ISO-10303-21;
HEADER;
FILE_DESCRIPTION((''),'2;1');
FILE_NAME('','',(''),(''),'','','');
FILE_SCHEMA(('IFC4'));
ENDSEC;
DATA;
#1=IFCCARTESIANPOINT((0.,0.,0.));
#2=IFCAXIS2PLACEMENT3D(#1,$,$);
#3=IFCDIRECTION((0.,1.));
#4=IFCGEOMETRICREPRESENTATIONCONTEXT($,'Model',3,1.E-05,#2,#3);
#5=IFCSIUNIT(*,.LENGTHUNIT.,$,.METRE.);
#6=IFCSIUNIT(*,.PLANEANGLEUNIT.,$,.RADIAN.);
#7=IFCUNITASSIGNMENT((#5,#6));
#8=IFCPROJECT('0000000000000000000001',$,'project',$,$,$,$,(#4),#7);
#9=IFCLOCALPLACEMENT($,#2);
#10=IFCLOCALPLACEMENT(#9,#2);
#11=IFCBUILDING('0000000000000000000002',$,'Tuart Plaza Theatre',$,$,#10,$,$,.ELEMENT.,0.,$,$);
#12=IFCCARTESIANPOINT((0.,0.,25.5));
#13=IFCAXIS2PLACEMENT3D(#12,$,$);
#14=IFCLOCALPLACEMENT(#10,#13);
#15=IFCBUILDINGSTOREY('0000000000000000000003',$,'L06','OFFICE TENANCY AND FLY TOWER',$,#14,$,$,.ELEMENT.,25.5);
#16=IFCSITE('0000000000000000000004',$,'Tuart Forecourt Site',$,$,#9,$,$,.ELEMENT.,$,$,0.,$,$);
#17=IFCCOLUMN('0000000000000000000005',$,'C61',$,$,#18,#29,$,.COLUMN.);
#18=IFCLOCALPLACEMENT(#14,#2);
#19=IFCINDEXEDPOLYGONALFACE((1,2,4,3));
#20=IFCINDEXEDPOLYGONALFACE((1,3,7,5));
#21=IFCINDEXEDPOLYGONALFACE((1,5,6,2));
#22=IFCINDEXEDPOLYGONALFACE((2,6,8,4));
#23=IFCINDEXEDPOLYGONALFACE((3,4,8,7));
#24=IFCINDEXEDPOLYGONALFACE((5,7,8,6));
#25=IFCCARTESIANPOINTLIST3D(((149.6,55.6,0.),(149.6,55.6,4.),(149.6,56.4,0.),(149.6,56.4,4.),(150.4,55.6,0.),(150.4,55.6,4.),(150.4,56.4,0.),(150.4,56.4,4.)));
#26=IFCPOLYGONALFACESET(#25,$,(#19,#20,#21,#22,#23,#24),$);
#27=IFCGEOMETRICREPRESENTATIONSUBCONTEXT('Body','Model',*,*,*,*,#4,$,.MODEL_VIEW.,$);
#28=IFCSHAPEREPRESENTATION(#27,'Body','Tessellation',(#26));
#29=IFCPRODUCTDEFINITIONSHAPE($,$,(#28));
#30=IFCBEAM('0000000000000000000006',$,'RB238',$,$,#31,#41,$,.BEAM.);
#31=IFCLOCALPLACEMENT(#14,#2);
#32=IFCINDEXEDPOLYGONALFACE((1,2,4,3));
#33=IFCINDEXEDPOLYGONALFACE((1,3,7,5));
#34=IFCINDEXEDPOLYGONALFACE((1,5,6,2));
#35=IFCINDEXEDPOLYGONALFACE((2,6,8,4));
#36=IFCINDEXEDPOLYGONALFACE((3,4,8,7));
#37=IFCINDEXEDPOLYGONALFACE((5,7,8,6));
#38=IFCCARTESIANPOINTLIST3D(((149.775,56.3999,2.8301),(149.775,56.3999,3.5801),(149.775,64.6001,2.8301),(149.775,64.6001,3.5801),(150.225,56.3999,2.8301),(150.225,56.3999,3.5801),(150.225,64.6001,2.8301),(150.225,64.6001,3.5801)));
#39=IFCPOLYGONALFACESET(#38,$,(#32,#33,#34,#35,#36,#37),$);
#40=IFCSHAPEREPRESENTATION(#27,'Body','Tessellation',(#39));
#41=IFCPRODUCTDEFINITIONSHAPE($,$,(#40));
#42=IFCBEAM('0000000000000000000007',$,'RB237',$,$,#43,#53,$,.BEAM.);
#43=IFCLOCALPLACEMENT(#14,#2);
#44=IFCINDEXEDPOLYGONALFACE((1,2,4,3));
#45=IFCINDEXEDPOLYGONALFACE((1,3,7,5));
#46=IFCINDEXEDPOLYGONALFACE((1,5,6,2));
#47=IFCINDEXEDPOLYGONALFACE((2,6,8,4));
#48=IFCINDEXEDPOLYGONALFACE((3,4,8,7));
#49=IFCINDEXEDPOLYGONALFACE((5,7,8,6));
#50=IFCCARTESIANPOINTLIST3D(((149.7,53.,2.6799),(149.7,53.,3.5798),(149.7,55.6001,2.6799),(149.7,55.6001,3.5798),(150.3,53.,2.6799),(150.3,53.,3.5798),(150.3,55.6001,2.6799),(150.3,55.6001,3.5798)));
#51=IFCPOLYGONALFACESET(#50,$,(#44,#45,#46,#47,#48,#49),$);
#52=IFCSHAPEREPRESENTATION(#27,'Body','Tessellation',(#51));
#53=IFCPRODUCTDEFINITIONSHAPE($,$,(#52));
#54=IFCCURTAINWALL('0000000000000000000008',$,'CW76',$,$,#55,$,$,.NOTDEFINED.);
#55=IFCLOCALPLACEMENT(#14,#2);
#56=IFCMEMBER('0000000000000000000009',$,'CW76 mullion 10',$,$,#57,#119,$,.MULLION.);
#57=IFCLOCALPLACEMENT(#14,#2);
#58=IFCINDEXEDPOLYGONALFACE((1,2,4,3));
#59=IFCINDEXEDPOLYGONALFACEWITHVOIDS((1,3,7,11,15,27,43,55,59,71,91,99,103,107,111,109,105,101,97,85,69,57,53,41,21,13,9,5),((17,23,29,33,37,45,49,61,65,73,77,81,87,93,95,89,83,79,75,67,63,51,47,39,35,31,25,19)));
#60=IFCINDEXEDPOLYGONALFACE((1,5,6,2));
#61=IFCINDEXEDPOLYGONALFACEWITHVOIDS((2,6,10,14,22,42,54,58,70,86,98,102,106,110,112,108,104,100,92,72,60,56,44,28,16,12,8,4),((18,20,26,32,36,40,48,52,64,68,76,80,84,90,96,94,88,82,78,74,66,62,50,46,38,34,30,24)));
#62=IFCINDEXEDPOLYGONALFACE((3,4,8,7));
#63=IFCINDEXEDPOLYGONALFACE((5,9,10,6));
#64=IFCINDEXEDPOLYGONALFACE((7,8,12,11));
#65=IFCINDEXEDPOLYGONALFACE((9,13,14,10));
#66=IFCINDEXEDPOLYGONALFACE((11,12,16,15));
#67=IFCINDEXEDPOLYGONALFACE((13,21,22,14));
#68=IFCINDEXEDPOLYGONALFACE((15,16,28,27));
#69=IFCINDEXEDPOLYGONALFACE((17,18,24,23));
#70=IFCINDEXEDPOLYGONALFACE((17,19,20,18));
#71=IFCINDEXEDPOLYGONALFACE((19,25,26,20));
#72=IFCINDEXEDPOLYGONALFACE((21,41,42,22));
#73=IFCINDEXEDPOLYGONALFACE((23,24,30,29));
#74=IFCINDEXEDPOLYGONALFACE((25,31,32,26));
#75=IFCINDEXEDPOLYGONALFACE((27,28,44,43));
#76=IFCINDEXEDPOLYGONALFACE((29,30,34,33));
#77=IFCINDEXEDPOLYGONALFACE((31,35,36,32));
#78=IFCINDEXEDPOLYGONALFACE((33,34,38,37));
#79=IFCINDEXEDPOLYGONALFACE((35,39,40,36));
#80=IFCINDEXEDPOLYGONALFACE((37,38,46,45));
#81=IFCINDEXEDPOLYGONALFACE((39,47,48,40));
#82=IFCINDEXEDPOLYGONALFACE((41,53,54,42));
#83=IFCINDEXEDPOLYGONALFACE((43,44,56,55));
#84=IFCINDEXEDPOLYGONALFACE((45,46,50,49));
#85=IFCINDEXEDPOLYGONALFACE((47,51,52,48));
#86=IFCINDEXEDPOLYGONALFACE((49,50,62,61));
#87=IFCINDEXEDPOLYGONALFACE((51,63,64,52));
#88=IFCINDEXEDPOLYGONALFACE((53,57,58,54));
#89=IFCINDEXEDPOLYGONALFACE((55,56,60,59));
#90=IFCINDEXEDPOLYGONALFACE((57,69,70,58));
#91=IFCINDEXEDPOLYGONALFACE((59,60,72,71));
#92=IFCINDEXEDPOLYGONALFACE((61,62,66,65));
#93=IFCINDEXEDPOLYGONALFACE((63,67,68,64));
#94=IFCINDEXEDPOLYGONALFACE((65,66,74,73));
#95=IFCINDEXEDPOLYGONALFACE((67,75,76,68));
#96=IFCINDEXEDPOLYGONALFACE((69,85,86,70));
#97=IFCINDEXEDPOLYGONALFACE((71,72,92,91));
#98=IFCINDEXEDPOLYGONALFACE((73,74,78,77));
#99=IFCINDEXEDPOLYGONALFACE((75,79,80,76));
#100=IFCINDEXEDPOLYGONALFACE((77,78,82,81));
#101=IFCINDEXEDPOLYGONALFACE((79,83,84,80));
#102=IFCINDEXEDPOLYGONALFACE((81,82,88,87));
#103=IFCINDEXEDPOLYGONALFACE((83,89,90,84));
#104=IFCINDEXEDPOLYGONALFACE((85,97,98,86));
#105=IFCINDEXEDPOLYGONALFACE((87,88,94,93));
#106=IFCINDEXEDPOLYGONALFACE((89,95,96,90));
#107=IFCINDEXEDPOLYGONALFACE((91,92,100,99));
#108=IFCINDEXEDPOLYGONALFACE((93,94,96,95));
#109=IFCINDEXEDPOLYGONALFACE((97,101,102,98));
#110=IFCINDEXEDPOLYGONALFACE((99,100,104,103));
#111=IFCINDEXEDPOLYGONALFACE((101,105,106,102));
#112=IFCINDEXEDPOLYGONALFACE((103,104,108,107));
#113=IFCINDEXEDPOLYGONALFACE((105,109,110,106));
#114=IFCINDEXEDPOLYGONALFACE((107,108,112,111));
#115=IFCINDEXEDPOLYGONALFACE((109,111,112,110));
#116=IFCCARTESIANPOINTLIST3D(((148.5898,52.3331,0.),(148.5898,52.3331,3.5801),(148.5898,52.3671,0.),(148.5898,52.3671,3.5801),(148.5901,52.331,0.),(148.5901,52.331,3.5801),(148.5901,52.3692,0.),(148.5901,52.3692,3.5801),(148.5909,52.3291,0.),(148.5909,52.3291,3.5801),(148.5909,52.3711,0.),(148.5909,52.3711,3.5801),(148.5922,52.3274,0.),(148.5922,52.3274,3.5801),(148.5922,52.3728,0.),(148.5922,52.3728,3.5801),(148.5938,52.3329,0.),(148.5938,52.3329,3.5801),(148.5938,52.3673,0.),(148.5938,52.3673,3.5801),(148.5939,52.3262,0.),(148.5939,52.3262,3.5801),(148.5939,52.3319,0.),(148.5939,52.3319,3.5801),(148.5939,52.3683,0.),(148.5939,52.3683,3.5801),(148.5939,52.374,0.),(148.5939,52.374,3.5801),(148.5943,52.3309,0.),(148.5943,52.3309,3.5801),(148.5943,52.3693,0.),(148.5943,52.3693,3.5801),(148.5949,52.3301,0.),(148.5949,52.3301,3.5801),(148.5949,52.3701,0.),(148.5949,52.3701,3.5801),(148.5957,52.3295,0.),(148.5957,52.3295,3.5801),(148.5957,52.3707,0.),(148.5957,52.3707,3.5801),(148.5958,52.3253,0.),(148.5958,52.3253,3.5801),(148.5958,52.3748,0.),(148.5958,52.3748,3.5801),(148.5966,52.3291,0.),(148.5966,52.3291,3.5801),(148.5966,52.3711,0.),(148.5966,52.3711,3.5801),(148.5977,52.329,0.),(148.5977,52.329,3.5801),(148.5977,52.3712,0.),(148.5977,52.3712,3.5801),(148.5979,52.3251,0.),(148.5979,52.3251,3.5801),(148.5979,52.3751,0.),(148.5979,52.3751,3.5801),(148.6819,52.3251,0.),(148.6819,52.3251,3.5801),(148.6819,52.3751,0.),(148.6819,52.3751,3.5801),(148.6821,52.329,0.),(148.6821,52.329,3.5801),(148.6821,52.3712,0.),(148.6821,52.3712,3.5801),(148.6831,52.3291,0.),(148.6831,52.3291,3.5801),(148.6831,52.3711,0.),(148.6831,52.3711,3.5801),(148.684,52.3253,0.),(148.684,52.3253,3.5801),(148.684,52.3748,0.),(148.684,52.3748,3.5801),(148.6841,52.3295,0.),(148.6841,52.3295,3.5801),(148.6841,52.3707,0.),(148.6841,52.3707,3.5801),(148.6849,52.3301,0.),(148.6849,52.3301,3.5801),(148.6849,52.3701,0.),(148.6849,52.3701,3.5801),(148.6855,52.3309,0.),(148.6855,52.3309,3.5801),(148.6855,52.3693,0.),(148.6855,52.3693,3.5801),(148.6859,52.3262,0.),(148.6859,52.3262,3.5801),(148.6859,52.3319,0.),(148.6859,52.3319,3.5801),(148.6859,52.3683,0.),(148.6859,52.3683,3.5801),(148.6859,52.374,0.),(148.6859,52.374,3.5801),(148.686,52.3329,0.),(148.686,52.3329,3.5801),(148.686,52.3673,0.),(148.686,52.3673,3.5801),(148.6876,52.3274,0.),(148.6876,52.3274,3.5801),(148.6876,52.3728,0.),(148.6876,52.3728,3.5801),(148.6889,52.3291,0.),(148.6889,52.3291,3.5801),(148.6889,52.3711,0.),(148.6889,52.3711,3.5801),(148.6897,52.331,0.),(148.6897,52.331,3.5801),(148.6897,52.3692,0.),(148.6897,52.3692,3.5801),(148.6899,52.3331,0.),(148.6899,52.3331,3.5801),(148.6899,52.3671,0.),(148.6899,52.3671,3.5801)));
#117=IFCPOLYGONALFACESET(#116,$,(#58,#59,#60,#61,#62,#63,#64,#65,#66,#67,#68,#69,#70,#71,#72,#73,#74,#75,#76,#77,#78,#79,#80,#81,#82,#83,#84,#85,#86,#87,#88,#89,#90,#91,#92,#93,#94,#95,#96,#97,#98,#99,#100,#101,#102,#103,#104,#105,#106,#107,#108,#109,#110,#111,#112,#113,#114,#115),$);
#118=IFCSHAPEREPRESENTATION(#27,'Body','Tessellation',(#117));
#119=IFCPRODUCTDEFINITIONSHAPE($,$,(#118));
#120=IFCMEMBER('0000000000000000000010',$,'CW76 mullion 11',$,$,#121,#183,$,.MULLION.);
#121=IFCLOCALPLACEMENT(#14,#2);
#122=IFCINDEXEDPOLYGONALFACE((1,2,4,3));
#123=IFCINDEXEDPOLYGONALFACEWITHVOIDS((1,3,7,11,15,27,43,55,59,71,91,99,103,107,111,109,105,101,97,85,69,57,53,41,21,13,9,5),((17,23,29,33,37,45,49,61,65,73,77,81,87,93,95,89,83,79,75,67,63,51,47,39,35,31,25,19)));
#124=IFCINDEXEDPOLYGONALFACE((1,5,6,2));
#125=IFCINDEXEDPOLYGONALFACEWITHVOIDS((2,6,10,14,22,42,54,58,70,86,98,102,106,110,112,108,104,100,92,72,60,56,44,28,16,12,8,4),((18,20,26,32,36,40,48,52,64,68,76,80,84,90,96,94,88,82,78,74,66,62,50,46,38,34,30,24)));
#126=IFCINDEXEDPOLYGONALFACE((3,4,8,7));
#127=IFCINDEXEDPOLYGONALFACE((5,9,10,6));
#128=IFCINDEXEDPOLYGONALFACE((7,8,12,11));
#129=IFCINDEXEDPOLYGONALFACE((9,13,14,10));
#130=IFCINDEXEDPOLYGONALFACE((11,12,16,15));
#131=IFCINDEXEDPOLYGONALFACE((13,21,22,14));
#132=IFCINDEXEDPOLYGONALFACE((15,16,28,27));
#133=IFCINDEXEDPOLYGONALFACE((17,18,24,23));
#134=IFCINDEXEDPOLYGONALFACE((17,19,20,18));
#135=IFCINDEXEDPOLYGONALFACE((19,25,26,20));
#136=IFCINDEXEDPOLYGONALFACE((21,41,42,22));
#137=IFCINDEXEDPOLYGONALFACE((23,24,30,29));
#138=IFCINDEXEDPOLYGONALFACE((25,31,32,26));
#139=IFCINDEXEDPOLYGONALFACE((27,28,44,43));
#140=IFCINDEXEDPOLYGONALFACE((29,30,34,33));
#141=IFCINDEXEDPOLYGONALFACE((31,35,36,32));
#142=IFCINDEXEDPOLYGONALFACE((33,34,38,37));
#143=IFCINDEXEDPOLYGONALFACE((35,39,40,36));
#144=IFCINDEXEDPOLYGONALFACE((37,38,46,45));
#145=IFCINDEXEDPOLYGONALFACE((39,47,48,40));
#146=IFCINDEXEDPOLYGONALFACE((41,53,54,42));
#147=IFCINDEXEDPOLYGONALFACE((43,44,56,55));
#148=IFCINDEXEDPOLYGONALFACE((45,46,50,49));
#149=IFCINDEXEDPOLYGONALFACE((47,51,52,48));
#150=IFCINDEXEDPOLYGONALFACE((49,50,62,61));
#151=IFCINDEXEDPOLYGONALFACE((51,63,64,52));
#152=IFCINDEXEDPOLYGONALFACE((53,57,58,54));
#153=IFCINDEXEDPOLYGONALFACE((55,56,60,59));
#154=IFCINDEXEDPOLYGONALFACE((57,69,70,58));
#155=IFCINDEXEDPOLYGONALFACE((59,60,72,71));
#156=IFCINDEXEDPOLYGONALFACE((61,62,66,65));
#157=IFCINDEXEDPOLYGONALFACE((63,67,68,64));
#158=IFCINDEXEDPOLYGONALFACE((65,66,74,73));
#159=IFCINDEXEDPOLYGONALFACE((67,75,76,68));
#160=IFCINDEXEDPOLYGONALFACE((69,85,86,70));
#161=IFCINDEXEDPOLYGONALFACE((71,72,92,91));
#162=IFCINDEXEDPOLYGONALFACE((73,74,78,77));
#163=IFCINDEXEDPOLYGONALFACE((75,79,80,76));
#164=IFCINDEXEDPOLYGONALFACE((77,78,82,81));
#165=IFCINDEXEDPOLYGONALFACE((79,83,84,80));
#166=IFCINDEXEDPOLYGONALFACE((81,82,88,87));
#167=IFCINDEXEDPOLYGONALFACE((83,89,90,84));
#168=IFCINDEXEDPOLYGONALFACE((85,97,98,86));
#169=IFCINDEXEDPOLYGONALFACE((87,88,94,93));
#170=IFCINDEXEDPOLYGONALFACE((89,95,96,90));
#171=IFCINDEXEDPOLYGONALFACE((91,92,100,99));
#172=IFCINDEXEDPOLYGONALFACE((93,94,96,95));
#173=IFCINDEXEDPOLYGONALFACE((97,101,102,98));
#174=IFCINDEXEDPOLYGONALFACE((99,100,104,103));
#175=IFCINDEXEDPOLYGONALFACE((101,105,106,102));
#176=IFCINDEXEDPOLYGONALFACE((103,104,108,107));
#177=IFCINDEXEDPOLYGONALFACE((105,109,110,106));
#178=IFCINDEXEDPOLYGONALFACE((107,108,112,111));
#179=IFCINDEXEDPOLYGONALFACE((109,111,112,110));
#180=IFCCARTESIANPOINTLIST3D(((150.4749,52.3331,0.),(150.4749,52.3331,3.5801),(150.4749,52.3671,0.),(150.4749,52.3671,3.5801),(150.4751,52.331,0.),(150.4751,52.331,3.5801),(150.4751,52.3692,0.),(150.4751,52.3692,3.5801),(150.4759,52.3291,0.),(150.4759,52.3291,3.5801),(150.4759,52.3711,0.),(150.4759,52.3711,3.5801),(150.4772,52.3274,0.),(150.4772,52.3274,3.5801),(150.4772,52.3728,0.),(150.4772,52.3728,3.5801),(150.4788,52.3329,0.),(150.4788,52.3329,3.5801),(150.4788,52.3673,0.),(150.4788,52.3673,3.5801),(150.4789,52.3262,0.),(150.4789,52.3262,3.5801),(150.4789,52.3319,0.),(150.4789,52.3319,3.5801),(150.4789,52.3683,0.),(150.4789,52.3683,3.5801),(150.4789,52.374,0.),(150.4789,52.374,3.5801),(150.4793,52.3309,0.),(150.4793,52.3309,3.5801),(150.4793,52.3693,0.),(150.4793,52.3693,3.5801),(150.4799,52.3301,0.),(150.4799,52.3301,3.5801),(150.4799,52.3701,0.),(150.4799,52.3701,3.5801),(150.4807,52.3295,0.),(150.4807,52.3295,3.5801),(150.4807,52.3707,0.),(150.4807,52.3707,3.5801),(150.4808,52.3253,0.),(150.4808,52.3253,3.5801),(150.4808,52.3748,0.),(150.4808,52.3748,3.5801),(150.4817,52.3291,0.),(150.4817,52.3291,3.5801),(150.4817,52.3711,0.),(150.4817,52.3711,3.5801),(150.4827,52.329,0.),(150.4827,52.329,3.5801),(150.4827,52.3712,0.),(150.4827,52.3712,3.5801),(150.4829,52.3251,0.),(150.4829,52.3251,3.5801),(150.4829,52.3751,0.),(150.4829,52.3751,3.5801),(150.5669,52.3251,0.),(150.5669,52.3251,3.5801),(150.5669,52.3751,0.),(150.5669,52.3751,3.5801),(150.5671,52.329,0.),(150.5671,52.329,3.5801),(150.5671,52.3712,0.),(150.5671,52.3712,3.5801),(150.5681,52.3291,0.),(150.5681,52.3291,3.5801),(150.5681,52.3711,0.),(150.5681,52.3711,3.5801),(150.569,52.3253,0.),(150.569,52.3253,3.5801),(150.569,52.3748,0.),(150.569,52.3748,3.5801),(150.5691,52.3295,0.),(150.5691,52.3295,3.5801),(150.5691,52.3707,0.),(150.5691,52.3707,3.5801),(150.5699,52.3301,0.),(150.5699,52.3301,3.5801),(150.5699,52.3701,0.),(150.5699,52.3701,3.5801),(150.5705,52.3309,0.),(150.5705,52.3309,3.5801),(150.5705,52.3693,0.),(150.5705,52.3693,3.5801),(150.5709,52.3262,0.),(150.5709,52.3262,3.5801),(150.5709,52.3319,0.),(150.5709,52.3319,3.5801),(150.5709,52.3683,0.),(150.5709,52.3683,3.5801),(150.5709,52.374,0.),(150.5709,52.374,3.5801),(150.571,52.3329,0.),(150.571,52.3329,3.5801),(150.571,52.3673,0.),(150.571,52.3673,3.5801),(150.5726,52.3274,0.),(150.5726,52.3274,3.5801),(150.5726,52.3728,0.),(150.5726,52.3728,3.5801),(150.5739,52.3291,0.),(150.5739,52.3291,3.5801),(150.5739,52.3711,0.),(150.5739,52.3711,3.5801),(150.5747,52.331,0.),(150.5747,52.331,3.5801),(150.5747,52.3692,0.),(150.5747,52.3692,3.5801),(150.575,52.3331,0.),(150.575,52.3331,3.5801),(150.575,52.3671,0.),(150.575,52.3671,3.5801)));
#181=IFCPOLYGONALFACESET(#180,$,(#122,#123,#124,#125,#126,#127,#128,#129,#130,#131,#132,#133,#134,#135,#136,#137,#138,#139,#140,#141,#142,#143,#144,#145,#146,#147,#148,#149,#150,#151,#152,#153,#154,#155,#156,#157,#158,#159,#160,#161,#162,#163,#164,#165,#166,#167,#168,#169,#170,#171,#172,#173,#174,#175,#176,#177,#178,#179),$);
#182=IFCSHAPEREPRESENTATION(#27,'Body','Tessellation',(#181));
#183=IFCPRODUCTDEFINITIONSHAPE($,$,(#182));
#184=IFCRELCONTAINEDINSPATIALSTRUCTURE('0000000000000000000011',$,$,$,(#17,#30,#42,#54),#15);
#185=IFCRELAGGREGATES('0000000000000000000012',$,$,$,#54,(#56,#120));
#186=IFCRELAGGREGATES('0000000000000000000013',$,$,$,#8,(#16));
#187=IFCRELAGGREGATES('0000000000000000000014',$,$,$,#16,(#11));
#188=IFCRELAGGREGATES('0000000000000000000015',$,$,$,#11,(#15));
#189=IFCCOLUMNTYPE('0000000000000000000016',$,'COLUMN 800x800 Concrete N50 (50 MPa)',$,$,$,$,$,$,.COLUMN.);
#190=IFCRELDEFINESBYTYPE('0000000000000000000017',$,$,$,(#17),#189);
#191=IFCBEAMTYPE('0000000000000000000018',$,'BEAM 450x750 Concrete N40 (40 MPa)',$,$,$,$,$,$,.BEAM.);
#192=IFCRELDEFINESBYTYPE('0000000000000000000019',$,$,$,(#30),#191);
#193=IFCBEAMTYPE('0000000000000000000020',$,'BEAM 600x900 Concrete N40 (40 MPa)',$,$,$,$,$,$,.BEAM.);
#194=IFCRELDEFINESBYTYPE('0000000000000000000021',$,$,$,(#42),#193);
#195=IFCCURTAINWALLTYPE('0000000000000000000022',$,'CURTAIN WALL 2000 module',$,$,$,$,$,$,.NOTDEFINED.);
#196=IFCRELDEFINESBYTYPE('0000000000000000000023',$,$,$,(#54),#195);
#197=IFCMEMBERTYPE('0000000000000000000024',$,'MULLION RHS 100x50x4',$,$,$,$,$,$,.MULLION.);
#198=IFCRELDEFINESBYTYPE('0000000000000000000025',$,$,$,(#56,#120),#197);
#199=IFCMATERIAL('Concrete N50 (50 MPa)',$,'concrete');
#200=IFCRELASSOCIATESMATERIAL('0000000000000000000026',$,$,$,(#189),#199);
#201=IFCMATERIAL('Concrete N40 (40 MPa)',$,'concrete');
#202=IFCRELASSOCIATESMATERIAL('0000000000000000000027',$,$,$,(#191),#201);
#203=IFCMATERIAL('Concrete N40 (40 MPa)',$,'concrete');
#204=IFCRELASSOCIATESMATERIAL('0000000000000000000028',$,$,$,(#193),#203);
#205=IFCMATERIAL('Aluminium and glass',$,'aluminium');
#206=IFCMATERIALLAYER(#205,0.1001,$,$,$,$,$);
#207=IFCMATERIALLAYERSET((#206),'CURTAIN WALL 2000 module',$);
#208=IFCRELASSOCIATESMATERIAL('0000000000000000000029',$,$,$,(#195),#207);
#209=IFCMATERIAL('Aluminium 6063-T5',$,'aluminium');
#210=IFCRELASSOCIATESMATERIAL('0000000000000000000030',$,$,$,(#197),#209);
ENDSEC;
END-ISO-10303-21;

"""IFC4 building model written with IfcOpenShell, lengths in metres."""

from ifc_helpers import new_model, si_unit, direction, frame, origin, origin_2d, place, context, subcontext, project, spatial, rectangle, hollow_rectangle, extrude, material, layer, layer_set, material_profile, profile_set, type_object, element, aggregate, save


model = new_model("IFC4")

# Units and contexts
model_context = context("Model", 3, precision=1e-05, world=origin(), true_north=direction((0.0, 1.0)))
body_context = subcontext(model_context, "Body", "Model", "MODEL_VIEW")
ifc_project = project(units=[si_unit("LENGTHUNIT", "METRE"), si_unit("PLANEANGLEUNIT", "RADIAN")], contexts=[model_context])

# Site, building, storey
site_placement = place(None, origin())
site = spatial("IfcSite", under=ifc_project, at=site_placement, Name="Tuart Forecourt Site", CompositionType="ELEMENT", RefElevation=0.0)
building_placement = place(site_placement, origin())
building = spatial("IfcBuilding", under=site, at=building_placement, Name="Tuart Plaza Theatre", CompositionType="ELEMENT", ElevationOfRefHeight=0.0)
storey_placement = place(building_placement, frame((0.0, 0.0, 25.5)))
storey = spatial("IfcBuildingStorey", under=building, at=storey_placement, Name="L06", Description="OFFICE TENANCY AND FLY TOWER", CompositionType="ELEMENT", Elevation=25.5)

# Column
ifc_material_1 = material(Name="Concrete N50 (50 MPa)", Category="concrete")
ifc_material_profile_1 = material_profile(ifc_material_1, rectangle(XDim=0.8, YDim=0.8, at=origin_2d()), Name="COLUMN 800x800 Concrete N50 (50 MPa)")
ifc_profile_set_1 = profile_set([ifc_material_profile_1], Name="Concrete N50 (50 MPa)")
column_type = type_object("IfcColumnType", Name="COLUMN 800x800 Concrete N50 (50 MPa)", PredefinedType="COLUMN", material=ifc_profile_set_1)
column_placement = place(storey_placement, frame((150.0, 56.0, 0.0), z_axis=(0.0, 0.0, 1.0), x_axis=(1.0, 0.0, 0.0)))
element("IfcColumn", 1, at=column_placement, inside=storey, type_object=column_type, Name="C61", PredefinedType="COLUMN", context=body_context, shape_type="SweptSolid", body=[
    extrude(rectangle(XDim=0.8, YDim=0.8, at=origin_2d()), origin(), (0.0, 0.0, 1.0), 4.0),
])

# Beams
ifc_material_2 = material(Name="Concrete N40 (40 MPa)", Category="concrete")
ifc_material_profile_2 = material_profile(ifc_material_2, rectangle(XDim=0.45, YDim=0.75, at=origin_2d()), Name="BEAM 450x750 Concrete N40 (40 MPa)")
ifc_profile_set_2 = profile_set([ifc_material_profile_2], Name="Concrete N40 (40 MPa)")
beam_type_1 = type_object("IfcBeamType", Name="BEAM 450x750 Concrete N40 (40 MPa)", PredefinedType="BEAM", material=ifc_profile_set_2)
beam_1_placement = place(storey_placement, frame((150.0, 56.3999, 3.2051), z_axis=(0.0, 1.0, 0.0), x_axis=(-1.0, 0.0, 0.0)))
element("IfcBeam", 2, at=beam_1_placement, inside=storey, type_object=beam_type_1, Name="RB238", PredefinedType="BEAM", context=body_context, shape_type="SweptSolid", body=[
    extrude(rectangle(XDim=0.45, YDim=0.75, at=origin_2d()), origin(), (0.0, 0.0, 1.0), 8.2002),
])
ifc_material_3 = material(Name="Concrete N40 (40 MPa)", Category="concrete")
ifc_material_profile_3 = material_profile(ifc_material_3, rectangle(XDim=0.6001, YDim=0.8999, at=origin_2d()), Name="BEAM 600x900 Concrete N40 (40 MPa)")
ifc_profile_set_3 = profile_set([ifc_material_profile_3], Name="Concrete N40 (40 MPa)")
beam_type_2 = type_object("IfcBeamType", Name="BEAM 600x900 Concrete N40 (40 MPa)", PredefinedType="BEAM", material=ifc_profile_set_3)
beam_2_placement = place(storey_placement, frame((150.0, 53.0, 3.1299), z_axis=(0.0, 1.0, 0.0), x_axis=(-1.0, 0.0, 0.0)))
element("IfcBeam", 3, at=beam_2_placement, inside=storey, type_object=beam_type_2, Name="RB237", PredefinedType="BEAM", context=body_context, shape_type="SweptSolid", body=[
    extrude(rectangle(XDim=0.6001, YDim=0.8999, at=origin_2d()), origin(), (0.0, 0.0, 1.0), 2.6001),
])

# Curtain wall, members
ifc_material_4 = material(Name="Aluminium and glass", Category="aluminium")
ifc_layer_1 = layer(ifc_material_4, 0.1001)
ifc_layer_set_1 = layer_set([ifc_layer_1], Name="CURTAIN WALL 2000 module")
curtain_wall_type = type_object("IfcCurtainWallType", Name="CURTAIN WALL 2000 module", PredefinedType="NOTDEFINED", material=ifc_layer_set_1)
curtain_wall_1_placement = place(storey_placement, origin())
curtain_wall_1 = element("IfcCurtainWall", 4, at=curtain_wall_1_placement, inside=storey, type_object=curtain_wall_type, Name="CW76", PredefinedType="NOTDEFINED")
ifc_material_5 = material(Name="Aluminium 6063-T5", Category="aluminium")
ifc_material_profile_4 = material_profile(ifc_material_5, hollow_rectangle(XDim=0.05, YDim=0.1001, WallThickness=0.0039, InnerFilletRadius=0.0039, OuterFilletRadius=0.0081, at=origin_2d()), Name="RHS 100x50x4")
ifc_profile_set_4 = profile_set([ifc_material_profile_4], Name="Aluminium 6063-T5")
member_type_1 = type_object("IfcMemberType", Name="MULLION RHS 100x50x4", PredefinedType="MULLION", material=ifc_profile_set_4)
member_1_placement = place(storey_placement, frame((148.6399, 52.3501, 0.0), z_axis=(0.0, 0.0, 1.0), x_axis=(0.0, 1.0, 0.0)))
member_1 = element("IfcMember", 5, at=member_1_placement, type_object=member_type_1, Name="CW76 mullion 10", PredefinedType="MULLION", context=body_context, shape_type="SweptSolid", body=[
    extrude(hollow_rectangle(XDim=0.05, YDim=0.1001, WallThickness=0.0039, InnerFilletRadius=0.0039, OuterFilletRadius=0.0081, at=origin_2d()), origin(), (0.0, 0.0, 1.0), 3.5801),
])
member_2_placement = place(storey_placement, frame((150.5249, 52.3501, 0.0), z_axis=(0.0, 0.0, 1.0), x_axis=(0.0, 1.0, 0.0)))
member_2 = element("IfcMember", 6, at=member_2_placement, type_object=member_type_1, Name="CW76 mullion 11", PredefinedType="MULLION", context=body_context, shape_type="SweptSolid", body=[
    extrude(hollow_rectangle(XDim=0.05, YDim=0.1001, WallThickness=0.0039, InnerFilletRadius=0.0039, OuterFilletRadius=0.0081, at=origin_2d()), origin(), (0.0, 0.0, 1.0), 3.5801),
])

aggregate(curtain_wall_1, [member_1, member_2])

save(model, "model.ifc")
